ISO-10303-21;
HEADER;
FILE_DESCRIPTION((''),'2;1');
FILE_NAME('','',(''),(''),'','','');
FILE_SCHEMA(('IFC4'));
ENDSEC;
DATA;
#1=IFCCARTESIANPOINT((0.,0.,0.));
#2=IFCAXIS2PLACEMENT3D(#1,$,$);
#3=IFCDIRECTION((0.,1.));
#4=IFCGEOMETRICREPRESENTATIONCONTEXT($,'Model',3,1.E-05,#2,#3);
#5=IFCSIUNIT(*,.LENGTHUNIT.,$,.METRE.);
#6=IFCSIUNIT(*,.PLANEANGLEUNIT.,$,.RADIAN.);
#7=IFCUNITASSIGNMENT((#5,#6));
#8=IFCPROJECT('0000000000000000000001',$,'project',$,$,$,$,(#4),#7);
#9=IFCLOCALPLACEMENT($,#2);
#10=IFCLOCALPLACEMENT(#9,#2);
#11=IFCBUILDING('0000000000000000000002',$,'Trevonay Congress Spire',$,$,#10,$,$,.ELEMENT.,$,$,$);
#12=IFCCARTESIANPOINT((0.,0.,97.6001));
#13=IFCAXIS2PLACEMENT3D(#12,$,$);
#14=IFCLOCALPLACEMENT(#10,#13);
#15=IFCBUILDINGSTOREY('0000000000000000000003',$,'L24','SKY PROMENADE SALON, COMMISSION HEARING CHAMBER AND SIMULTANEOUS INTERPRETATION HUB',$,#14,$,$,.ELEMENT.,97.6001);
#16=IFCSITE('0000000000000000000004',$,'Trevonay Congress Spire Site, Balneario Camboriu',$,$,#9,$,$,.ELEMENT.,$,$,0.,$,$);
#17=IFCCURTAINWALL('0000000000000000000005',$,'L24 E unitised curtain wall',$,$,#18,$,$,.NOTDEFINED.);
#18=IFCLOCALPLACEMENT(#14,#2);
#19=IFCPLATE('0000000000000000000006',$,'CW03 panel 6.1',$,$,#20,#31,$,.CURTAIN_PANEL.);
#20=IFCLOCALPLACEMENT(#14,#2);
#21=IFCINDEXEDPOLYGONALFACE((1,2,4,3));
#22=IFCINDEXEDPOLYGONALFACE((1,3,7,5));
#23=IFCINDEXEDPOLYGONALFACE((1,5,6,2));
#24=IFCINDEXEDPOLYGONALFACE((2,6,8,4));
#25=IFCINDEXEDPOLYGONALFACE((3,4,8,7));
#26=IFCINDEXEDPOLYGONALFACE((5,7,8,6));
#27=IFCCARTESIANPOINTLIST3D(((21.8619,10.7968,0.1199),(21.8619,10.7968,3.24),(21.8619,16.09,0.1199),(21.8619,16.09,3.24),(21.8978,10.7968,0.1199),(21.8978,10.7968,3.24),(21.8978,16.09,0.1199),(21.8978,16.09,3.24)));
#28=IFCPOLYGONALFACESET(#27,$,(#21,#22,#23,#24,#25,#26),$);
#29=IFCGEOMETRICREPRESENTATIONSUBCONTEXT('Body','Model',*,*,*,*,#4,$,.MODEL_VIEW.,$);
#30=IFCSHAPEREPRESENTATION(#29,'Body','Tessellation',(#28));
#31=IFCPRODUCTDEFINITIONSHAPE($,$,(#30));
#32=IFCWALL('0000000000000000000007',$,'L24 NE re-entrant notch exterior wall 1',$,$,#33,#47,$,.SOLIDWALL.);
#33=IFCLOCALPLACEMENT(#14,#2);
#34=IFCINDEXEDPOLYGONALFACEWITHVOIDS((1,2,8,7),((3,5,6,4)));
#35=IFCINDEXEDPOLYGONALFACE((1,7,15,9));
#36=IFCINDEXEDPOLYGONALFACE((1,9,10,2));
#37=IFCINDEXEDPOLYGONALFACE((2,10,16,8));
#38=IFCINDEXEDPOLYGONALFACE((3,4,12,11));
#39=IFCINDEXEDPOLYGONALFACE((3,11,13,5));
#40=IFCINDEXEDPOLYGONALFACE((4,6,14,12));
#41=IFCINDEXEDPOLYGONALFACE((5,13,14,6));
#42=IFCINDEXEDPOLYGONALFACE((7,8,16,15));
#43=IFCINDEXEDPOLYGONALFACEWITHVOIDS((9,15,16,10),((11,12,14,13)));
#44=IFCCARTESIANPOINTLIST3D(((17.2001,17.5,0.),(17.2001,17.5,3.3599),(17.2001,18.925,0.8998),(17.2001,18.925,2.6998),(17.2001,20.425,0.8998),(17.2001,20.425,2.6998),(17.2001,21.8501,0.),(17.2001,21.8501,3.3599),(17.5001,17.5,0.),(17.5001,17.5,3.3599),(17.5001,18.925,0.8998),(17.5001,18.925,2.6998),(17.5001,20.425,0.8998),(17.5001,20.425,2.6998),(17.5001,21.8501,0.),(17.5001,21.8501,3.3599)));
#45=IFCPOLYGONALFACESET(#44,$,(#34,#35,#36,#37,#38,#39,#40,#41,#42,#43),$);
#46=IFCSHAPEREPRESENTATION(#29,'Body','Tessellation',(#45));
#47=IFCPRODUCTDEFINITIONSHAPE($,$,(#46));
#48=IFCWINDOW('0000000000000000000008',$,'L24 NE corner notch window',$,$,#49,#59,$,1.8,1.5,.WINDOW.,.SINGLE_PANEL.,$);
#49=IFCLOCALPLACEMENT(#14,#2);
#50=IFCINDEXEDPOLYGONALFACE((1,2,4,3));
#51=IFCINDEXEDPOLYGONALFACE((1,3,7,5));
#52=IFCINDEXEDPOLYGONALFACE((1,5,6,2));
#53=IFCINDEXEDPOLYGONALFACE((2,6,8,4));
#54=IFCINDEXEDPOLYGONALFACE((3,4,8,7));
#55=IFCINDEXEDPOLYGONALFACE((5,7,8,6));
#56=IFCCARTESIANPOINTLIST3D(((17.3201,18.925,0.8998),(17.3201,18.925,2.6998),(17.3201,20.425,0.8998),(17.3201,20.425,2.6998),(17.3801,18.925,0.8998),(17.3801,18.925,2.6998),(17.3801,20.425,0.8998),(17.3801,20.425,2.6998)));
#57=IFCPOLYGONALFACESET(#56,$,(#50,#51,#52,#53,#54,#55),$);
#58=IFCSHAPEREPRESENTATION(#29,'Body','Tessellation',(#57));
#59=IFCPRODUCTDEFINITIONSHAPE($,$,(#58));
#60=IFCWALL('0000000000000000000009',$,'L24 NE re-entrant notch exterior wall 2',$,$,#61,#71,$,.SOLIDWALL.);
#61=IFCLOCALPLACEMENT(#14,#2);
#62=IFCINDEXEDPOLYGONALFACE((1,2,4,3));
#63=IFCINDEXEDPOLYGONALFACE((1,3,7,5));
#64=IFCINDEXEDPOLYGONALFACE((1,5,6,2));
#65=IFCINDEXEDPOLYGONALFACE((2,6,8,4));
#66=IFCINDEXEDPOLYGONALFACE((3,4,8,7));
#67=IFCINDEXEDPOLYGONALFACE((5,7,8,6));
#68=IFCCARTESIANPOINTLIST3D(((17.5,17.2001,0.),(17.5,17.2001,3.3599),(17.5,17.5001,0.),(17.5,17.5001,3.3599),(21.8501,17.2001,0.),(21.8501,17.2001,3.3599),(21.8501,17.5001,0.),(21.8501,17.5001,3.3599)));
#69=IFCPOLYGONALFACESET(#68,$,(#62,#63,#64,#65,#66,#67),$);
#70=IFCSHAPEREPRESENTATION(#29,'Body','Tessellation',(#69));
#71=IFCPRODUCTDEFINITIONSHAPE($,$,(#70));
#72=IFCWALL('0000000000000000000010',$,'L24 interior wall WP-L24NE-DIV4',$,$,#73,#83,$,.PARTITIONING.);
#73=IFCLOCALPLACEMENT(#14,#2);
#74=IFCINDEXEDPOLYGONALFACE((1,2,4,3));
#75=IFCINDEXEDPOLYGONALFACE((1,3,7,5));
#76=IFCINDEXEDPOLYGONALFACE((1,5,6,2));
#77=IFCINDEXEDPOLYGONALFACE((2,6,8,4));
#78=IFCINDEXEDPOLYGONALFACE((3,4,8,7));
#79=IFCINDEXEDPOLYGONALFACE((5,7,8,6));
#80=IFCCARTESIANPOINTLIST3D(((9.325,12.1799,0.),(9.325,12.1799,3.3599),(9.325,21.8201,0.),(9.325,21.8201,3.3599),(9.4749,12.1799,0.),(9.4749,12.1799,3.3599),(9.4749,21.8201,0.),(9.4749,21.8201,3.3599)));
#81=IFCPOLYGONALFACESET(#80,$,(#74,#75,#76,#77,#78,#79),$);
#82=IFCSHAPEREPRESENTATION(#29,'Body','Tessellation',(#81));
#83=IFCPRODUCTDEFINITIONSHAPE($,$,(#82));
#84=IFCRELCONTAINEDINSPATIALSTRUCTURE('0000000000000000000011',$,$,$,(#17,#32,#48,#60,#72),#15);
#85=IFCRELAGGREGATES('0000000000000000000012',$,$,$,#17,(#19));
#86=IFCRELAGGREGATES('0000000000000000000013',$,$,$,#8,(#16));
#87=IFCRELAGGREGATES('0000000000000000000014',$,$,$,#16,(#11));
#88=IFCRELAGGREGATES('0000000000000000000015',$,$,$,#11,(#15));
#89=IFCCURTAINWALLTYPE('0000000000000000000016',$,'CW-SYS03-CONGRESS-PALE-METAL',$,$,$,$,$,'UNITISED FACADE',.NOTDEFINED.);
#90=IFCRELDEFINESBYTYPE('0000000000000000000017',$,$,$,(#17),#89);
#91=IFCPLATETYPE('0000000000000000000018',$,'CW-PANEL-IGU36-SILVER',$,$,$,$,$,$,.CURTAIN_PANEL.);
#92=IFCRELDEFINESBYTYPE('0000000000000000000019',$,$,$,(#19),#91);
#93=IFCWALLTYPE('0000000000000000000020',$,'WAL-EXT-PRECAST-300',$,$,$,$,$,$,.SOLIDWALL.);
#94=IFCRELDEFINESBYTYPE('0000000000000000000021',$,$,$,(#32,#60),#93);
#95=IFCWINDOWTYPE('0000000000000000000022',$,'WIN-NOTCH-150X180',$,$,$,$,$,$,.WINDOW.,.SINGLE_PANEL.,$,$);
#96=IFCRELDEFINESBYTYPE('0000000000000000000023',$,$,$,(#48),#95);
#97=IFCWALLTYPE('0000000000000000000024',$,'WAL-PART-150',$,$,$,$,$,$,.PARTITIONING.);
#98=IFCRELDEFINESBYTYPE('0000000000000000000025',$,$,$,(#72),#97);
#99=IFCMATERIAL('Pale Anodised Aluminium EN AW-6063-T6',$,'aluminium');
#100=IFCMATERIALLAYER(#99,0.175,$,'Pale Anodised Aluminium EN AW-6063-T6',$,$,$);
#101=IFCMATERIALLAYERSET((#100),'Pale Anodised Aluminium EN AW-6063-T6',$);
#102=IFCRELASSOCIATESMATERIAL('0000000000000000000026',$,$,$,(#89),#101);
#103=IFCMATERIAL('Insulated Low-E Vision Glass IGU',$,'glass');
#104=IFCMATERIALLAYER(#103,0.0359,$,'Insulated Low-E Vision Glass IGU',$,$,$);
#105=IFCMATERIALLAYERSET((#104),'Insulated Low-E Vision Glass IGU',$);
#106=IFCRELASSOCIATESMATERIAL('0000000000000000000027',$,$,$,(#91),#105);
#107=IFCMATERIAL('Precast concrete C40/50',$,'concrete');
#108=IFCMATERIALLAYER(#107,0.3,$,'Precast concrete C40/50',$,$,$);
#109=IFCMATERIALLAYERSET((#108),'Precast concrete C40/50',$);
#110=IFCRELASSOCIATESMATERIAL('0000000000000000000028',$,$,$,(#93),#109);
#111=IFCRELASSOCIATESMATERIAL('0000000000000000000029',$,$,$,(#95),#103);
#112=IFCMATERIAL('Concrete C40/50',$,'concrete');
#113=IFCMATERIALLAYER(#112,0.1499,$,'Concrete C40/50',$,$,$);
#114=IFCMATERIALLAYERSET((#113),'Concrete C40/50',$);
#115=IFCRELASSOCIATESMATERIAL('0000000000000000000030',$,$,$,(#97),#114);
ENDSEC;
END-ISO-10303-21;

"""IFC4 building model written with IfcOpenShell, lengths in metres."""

from ifc_helpers import new_model, si_unit, direction, frame, frame_2d, origin, origin_2d, place, context, subcontext, project, spatial, rectangle, extrude, material, layer, layer_set, type_object, element, fill, aggregate, save


model = new_model("IFC4")

# Units and contexts
model_context = context("Model", 3, precision=1e-05, world=origin(), true_north=direction((0.0, 1.0)))
body_context = subcontext(model_context, "Body", "Model", "MODEL_VIEW")
ifc_project = project(units=[si_unit("LENGTHUNIT", "METRE"), si_unit("PLANEANGLEUNIT", "RADIAN")], contexts=[model_context])

# Site, building, storey
site_placement = place(None, origin())
site = spatial("IfcSite", under=ifc_project, at=site_placement, Name="Trevonay Congress Spire Site, Balneario Camboriu", CompositionType="ELEMENT", RefElevation=0.0)
building_placement = place(site_placement, origin())
building = spatial("IfcBuilding", under=site, at=building_placement, Name="Trevonay Congress Spire", CompositionType="ELEMENT")
storey_placement = place(building_placement, frame((0.0, 0.0, 97.6001)))
storey = spatial("IfcBuildingStorey", under=building, at=storey_placement, Name="L24", Description="SKY PROMENADE SALON, COMMISSION HEARING CHAMBER AND SIMULTANEOUS INTERPRETATION HUB", CompositionType="ELEMENT", Elevation=97.6001)

# Curtain wall
ifc_material_1 = material(Name="Pale Anodised Aluminium EN AW-6063-T6", Category="aluminium")
ifc_layer_1 = layer(ifc_material_1, 0.175, Name="Pale Anodised Aluminium EN AW-6063-T6")
ifc_layer_set_1 = layer_set([ifc_layer_1], Name="Pale Anodised Aluminium EN AW-6063-T6")
curtain_wall_type = type_object("IfcCurtainWallType", Name="CW-SYS03-CONGRESS-PALE-METAL", ElementType="UNITISED FACADE", PredefinedType="NOTDEFINED", material=ifc_layer_set_1)
curtain_wall_1_placement = place(storey_placement, origin())
curtain_wall_1 = element("IfcCurtainWall", 1, at=curtain_wall_1_placement, inside=storey, type_object=curtain_wall_type, Name="L24 E unitised curtain wall", PredefinedType="NOTDEFINED")

# Plate
ifc_material_2 = material(Name="Insulated Low-E Vision Glass IGU", Category="glass")
ifc_layer_2 = layer(ifc_material_2, 0.0359, Name="Insulated Low-E Vision Glass IGU")
ifc_layer_set_2 = layer_set([ifc_layer_2], Name="Insulated Low-E Vision Glass IGU")
plate_type = type_object("IfcPlateType", Name="CW-PANEL-IGU36-SILVER", PredefinedType="CURTAIN_PANEL", material=ifc_layer_set_2)
plate_1_placement = place(storey_placement, frame((21.8799, 13.4434, 0.1199), z_axis=(0.0, 0.0, 1.0), x_axis=(0.0, 1.0, 0.0)))
plate_1 = element("IfcPlate", 2, at=plate_1_placement, type_object=plate_type, Name="CW03 panel 6.1", PredefinedType="CURTAIN_PANEL", context=body_context, shape_type="SweptSolid", body=[
    extrude(rectangle(XDim=5.2932, YDim=0.0359, at=origin_2d()), origin(), (0.0, 0.0, 1.0), 3.1201),
])
aggregate(curtain_wall_1, [plate_1])

# Wall, opening, window
ifc_material_3 = material(Name="Precast concrete C40/50", Category="concrete")
ifc_layer_3 = layer(ifc_material_3, 0.3, Name="Precast concrete C40/50")
ifc_layer_set_3 = layer_set([ifc_layer_3], Name="Precast concrete C40/50")
wall_type_1 = type_object("IfcWallType", Name="WAL-EXT-PRECAST-300", PredefinedType="SOLIDWALL", material=ifc_layer_set_3)
wall_1_placement = place(storey_placement, frame((17.3501, 21.8501, 0.0), z_axis=(0.0, 0.0, 1.0), x_axis=(0.0, -1.0, 0.0)))
wall_1 = element("IfcWall", 3, at=wall_1_placement, inside=storey, type_object=wall_type_1, Name="L24 NE re-entrant notch exterior wall 1", PredefinedType="SOLIDWALL", context=body_context, shape_type="SweptSolid", body=[
    extrude(rectangle(XDim=4.3501, YDim=0.3, at=frame_2d((2.175, 0.0))), origin(), (0.0, 0.0, 1.0), 3.3599),
])
opening_placement = place(wall_1_placement, frame((1.425, 0.0, 0.8999)))
opening = element("IfcOpeningElement", 4, at=opening_placement, cuts=wall_1, PredefinedType="OPENING", context=body_context, shape_type="SweptSolid", body=[
    extrude(rectangle(XDim=1.5, YDim=1.8, at=frame_2d((0.75, 0.8999))), frame((0.0, 0.1602, 0.0), z_axis=(0.0, -1.0, 0.0), x_axis=(1.0, 0.0, 0.0)), (0.0, 0.0, 1.0), 0.3201),
])
window_type = type_object("IfcWindowType", Name="WIN-NOTCH-150X180", PartitioningType="SINGLE_PANEL", PredefinedType="WINDOW", material=ifc_material_2)
window_placement = place(opening_placement, origin())
window = element("IfcWindow", 5, at=window_placement, inside=storey, type_object=window_type, Name="L24 NE corner notch window", OverallHeight=1.8, OverallWidth=1.5, PartitioningType="SINGLE_PANEL", PredefinedType="WINDOW", context=body_context, shape_type="SweptSolid", body=[
    extrude(rectangle(XDim=1.5, YDim=1.8, at=frame_2d((0.75, 0.8999))), frame((0.0, 0.03, 0.0), z_axis=(0.0, -1.0, 0.0), x_axis=(1.0, 0.0, 0.0)), (0.0, 0.0, 1.0), 0.0601),
])
fill(opening, window)

# Walls
wall_2_placement = place(storey_placement, frame((21.8501, 17.3501, 0.0), z_axis=(0.0, 0.0, 1.0), x_axis=(-1.0, 0.0, 0.0)))
element("IfcWall", 6, at=wall_2_placement, inside=storey, type_object=wall_type_1, Name="L24 NE re-entrant notch exterior wall 2", PredefinedType="SOLIDWALL", context=body_context, shape_type="SweptSolid", body=[
    extrude(rectangle(XDim=4.3501, YDim=0.3, at=frame_2d((2.175, 0.0))), origin(), (0.0, 0.0, 1.0), 3.3599),
])
ifc_material_4 = material(Name="Concrete C40/50", Category="concrete")
ifc_layer_4 = layer(ifc_material_4, 0.1499, Name="Concrete C40/50")
ifc_layer_set_4 = layer_set([ifc_layer_4], Name="Concrete C40/50")
wall_type_2 = type_object("IfcWallType", Name="WAL-PART-150", PredefinedType="PARTITIONING", material=ifc_layer_set_4)
wall_3_placement = place(storey_placement, frame((9.3999, 12.1799, 0.0), z_axis=(0.0, 0.0, 1.0), x_axis=(0.0, 1.0, 0.0)))
element("IfcWall", 7, at=wall_3_placement, inside=storey, type_object=wall_type_2, Name="L24 interior wall WP-L24NE-DIV4", PredefinedType="PARTITIONING", context=body_context, shape_type="SweptSolid", body=[
    extrude(rectangle(XDim=9.6401, YDim=0.1499, at=frame_2d((4.8201, 0.0))), origin(), (0.0, 0.0, 1.0), 3.3599),
])

save(model, "model.ifc")
